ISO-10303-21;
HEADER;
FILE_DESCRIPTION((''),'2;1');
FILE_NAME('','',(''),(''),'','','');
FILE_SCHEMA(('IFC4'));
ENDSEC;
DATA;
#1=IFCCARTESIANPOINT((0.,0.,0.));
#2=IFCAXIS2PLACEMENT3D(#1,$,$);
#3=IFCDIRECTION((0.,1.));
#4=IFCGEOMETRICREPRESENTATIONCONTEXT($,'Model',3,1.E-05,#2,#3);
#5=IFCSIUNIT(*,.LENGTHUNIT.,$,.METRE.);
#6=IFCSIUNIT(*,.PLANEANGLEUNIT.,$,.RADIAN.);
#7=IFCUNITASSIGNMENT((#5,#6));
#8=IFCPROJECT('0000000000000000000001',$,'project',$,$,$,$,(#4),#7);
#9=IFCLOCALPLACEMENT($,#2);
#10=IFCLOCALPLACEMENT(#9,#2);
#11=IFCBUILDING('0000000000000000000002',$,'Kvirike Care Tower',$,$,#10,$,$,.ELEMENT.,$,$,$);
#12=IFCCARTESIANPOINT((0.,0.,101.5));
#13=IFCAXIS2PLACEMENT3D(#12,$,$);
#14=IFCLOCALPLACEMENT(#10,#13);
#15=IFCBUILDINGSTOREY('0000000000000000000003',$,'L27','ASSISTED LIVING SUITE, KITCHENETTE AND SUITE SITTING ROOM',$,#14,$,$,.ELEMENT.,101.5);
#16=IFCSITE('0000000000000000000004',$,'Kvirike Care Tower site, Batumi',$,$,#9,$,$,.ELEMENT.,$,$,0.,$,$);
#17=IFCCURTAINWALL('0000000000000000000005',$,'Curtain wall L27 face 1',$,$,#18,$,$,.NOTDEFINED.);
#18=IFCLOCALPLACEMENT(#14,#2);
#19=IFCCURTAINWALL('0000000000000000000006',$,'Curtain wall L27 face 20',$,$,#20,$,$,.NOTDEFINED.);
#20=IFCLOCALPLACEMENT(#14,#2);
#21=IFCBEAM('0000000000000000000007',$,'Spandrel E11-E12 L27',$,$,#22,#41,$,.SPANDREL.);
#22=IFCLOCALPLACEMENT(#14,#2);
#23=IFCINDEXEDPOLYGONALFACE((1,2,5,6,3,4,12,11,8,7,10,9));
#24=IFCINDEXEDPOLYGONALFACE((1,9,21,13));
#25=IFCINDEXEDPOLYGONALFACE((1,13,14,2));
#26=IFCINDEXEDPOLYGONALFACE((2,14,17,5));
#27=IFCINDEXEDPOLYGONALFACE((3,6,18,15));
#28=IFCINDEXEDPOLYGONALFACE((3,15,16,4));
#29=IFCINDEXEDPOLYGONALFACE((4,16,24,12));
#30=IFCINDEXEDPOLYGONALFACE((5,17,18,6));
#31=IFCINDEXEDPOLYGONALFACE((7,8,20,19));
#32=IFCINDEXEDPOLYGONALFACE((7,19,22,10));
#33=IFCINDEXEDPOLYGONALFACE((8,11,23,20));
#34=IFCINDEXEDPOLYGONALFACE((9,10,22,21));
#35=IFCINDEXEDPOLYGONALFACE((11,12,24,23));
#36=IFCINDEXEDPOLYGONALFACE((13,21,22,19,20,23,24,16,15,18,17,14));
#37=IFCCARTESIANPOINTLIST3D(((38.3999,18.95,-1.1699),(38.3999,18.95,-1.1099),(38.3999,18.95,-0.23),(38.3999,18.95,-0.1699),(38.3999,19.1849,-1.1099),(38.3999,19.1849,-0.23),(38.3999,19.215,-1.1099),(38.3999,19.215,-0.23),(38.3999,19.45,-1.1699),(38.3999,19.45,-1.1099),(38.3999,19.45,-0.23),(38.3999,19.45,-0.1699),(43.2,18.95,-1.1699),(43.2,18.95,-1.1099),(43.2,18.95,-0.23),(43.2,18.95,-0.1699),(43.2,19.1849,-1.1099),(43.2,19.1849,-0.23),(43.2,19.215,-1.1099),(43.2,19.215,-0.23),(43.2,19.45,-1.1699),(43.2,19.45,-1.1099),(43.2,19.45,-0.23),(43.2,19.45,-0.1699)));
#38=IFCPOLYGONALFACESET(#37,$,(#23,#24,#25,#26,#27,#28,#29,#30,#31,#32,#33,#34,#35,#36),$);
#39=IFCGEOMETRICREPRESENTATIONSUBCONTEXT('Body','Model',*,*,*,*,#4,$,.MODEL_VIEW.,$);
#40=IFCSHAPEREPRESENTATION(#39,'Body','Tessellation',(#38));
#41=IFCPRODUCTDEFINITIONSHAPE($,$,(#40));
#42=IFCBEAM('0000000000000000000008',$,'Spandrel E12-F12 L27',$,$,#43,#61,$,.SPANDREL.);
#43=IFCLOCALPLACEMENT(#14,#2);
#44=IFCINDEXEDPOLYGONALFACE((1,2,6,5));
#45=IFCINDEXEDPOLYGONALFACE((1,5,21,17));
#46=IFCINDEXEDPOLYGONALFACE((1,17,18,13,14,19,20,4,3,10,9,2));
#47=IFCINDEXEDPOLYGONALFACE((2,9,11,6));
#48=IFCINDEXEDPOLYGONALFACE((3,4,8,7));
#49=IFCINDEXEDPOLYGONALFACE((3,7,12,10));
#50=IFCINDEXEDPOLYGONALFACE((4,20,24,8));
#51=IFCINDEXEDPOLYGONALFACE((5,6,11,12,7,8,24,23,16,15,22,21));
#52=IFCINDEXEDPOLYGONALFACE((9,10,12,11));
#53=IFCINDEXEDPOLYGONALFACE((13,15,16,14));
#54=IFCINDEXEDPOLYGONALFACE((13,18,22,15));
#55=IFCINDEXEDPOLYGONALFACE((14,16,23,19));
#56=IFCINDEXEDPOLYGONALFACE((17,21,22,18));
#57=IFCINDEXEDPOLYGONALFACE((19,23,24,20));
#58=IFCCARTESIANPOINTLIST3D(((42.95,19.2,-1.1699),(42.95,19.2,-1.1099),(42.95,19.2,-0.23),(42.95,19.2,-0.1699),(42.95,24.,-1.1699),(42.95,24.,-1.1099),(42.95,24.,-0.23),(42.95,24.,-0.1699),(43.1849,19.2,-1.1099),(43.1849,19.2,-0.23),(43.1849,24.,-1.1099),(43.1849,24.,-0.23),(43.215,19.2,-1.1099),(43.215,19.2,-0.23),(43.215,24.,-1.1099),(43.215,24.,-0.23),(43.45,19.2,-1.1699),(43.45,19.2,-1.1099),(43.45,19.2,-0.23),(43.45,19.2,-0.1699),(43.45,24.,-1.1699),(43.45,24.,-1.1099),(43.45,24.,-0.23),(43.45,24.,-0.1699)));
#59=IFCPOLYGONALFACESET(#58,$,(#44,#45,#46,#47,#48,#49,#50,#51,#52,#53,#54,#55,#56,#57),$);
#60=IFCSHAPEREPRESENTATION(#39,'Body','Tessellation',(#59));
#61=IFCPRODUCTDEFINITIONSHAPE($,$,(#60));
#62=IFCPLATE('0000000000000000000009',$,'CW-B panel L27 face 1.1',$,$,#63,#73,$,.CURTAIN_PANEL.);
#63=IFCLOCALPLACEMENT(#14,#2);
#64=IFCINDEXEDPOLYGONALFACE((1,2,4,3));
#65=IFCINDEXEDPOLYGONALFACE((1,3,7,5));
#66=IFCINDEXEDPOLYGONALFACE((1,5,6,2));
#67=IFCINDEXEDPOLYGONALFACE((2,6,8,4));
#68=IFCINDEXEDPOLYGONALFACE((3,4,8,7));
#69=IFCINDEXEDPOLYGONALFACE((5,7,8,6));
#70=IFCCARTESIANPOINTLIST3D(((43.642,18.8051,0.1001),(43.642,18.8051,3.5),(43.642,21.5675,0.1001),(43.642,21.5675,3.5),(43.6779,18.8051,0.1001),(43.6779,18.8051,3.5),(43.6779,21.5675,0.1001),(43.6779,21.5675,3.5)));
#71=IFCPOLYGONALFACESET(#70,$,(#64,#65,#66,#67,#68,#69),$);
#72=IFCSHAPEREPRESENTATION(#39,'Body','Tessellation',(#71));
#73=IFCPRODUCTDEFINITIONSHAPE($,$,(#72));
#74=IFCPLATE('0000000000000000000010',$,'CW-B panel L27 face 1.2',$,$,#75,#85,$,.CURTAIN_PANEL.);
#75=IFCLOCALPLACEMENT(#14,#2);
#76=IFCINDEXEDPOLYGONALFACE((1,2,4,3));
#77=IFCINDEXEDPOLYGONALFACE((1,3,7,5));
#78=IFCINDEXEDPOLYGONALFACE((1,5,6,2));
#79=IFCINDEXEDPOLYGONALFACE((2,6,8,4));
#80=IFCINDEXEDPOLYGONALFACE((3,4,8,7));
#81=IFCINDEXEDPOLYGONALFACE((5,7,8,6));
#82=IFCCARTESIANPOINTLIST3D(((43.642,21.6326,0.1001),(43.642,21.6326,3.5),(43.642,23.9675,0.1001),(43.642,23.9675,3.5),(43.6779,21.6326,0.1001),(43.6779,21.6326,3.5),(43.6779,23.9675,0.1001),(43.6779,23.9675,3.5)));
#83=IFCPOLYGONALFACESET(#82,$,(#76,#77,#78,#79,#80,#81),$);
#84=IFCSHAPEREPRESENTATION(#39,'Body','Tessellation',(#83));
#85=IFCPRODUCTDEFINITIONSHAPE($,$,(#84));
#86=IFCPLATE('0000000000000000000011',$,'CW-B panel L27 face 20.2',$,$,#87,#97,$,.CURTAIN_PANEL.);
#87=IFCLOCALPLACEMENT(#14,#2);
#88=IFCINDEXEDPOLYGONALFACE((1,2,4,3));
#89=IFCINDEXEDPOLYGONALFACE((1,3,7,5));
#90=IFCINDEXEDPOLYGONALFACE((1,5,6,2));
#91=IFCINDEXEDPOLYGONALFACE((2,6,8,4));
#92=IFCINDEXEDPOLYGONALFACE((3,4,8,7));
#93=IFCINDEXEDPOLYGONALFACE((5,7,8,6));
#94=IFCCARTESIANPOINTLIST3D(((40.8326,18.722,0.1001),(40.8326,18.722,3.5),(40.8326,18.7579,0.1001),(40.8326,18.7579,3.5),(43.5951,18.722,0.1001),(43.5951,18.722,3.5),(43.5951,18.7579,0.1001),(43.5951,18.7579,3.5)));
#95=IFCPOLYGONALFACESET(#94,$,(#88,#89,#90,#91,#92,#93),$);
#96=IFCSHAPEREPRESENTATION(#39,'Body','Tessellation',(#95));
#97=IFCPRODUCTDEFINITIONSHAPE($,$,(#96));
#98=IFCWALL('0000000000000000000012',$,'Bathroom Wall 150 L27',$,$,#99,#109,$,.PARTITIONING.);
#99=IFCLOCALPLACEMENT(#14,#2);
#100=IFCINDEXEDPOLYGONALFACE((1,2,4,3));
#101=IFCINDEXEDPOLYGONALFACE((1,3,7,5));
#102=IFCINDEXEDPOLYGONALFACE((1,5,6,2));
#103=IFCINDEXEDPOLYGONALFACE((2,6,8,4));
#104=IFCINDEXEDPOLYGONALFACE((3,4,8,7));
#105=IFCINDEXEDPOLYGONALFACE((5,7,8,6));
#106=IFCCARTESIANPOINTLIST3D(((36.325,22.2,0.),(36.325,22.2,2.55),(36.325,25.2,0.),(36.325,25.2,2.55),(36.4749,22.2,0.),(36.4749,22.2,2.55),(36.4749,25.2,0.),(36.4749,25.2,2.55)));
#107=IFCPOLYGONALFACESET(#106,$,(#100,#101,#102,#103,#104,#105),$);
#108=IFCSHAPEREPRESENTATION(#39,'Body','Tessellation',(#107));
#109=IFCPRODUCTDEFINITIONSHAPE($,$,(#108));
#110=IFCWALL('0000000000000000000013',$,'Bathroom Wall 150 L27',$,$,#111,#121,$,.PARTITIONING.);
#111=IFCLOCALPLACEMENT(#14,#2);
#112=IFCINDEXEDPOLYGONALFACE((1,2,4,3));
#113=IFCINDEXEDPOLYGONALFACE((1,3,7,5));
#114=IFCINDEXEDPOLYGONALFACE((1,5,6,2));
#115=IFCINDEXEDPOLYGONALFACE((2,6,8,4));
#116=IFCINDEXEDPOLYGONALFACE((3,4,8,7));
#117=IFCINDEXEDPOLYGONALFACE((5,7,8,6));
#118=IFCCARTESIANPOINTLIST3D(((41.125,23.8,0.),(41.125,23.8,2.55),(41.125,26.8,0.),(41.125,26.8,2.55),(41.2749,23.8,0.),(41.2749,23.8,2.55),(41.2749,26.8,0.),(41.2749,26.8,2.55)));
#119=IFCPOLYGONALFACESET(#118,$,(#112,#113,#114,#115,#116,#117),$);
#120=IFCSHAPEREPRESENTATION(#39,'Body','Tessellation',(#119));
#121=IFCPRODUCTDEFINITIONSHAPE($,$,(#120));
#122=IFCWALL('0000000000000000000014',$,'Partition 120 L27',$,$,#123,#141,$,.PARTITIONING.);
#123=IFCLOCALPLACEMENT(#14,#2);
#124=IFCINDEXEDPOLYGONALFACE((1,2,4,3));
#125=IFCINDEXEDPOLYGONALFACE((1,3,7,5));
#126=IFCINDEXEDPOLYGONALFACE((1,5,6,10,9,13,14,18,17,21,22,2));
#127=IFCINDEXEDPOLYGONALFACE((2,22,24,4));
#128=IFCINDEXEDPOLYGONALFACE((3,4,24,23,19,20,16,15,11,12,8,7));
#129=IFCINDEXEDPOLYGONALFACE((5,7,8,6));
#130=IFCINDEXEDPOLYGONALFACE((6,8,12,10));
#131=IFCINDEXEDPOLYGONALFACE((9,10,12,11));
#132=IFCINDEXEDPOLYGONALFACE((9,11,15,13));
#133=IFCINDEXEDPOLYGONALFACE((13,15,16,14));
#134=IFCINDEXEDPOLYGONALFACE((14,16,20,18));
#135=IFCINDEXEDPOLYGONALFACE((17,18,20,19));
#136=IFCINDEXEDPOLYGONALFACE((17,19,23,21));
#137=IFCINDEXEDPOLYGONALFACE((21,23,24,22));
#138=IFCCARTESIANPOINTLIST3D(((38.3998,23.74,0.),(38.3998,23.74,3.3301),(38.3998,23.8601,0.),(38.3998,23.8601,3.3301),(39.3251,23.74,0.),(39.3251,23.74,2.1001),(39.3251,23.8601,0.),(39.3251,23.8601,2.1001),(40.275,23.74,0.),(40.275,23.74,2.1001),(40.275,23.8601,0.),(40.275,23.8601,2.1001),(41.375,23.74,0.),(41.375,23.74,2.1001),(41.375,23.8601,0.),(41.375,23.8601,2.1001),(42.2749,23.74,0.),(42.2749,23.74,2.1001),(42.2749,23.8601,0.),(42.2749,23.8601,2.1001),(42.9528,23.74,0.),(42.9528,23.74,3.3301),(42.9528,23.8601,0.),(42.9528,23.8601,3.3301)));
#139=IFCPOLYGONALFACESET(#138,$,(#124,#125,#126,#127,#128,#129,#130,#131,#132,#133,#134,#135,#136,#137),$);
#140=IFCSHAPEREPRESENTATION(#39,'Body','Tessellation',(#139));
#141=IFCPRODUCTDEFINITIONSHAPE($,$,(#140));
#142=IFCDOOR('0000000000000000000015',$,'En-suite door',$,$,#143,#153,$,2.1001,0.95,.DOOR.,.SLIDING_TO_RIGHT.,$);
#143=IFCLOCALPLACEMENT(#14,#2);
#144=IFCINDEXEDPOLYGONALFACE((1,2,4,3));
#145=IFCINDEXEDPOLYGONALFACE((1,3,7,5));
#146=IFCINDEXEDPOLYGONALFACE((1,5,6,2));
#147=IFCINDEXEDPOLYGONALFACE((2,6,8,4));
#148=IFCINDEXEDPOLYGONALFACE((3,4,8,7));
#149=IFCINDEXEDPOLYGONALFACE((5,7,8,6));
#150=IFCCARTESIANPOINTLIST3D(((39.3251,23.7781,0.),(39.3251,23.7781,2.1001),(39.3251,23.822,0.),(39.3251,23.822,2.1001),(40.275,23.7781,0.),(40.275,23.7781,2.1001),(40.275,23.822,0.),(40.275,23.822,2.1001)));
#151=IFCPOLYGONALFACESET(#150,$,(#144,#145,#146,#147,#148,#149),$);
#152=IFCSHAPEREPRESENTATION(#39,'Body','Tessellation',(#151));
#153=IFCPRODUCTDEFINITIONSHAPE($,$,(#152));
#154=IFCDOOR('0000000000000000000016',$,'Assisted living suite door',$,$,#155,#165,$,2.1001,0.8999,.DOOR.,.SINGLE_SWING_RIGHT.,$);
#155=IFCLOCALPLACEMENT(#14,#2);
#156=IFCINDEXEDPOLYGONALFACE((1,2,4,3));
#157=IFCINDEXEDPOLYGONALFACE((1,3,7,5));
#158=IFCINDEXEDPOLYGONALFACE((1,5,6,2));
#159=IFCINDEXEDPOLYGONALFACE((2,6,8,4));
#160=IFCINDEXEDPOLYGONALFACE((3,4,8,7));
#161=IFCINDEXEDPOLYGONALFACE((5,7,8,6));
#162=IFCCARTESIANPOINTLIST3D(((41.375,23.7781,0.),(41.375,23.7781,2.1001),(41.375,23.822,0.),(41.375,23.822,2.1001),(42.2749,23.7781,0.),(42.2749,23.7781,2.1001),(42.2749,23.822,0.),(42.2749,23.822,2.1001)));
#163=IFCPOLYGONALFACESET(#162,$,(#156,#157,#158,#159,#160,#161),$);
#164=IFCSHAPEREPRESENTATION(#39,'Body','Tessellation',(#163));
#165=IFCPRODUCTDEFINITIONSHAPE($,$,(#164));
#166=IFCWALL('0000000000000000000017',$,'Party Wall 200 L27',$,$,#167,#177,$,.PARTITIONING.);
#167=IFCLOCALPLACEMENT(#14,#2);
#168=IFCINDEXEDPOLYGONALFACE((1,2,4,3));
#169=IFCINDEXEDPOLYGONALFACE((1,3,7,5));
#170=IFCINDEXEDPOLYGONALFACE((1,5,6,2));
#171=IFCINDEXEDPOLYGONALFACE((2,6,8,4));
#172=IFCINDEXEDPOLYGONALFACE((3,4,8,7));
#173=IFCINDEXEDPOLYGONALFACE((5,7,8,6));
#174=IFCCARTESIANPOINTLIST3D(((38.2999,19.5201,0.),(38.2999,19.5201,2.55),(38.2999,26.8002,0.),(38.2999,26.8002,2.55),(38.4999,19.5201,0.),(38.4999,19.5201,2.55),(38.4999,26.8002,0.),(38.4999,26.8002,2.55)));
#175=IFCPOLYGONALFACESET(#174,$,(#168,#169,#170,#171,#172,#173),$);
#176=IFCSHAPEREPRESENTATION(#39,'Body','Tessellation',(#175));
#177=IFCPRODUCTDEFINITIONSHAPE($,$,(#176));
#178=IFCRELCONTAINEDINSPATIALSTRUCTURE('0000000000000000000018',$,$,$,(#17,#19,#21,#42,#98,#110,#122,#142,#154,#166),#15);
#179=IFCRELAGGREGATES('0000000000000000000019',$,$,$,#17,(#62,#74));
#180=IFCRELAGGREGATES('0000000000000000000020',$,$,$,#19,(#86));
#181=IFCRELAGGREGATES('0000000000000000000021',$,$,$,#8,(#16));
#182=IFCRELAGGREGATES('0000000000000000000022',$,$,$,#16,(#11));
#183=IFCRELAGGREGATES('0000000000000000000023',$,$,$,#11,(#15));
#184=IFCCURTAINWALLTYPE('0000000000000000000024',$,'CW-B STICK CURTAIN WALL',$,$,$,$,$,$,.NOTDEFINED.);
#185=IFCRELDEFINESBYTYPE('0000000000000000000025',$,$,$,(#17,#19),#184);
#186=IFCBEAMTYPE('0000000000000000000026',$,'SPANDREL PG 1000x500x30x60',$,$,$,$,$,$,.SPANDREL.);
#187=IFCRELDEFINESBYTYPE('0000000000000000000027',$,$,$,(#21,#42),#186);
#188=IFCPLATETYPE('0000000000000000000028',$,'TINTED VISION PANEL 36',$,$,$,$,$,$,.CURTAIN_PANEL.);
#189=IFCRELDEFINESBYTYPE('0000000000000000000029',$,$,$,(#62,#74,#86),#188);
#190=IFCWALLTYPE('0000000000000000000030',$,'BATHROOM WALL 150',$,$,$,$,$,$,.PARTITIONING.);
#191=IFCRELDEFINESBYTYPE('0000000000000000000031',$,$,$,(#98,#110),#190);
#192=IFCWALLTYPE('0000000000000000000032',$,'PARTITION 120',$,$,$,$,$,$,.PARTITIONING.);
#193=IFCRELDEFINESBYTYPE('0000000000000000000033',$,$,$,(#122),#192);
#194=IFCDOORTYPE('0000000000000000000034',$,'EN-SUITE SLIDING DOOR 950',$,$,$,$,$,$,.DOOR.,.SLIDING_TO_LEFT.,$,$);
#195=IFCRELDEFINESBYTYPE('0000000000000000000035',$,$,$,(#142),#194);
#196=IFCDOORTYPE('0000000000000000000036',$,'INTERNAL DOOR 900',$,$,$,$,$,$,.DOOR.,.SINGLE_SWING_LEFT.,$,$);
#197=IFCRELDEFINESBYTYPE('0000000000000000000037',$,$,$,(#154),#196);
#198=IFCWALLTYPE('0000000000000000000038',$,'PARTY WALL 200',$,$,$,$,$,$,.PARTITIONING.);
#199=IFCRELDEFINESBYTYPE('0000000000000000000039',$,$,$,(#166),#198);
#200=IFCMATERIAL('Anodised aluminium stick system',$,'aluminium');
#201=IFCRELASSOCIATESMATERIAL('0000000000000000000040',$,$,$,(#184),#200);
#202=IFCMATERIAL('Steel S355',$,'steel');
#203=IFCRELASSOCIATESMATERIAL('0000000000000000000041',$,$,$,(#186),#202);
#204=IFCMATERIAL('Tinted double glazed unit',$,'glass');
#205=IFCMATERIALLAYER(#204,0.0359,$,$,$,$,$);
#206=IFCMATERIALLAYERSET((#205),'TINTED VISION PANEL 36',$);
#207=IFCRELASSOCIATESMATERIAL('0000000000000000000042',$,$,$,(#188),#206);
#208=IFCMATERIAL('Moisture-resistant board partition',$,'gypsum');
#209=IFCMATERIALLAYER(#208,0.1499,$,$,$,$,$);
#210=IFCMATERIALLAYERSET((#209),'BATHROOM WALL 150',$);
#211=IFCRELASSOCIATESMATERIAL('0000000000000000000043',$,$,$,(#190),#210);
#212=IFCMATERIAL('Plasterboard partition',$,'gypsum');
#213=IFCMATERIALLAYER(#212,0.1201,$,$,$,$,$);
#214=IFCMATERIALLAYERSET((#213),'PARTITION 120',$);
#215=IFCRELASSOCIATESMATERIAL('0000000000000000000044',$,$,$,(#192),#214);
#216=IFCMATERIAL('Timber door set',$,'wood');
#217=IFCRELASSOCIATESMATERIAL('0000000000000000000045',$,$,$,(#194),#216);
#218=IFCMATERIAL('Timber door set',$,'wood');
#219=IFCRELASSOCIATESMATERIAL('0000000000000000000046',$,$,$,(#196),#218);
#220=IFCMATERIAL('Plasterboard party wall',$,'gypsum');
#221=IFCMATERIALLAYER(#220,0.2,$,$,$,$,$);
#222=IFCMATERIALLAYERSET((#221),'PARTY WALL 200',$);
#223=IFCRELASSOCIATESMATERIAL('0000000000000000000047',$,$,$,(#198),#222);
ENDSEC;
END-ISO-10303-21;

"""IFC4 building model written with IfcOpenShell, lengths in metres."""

from ifc_helpers import new_model, si_unit, direction, frame, frame_2d, origin, origin_2d, place, context, subcontext, project, spatial, rectangle, i_section, extrude, material, layer, layer_set, material_profile, profile_set, type_object, element, fill, aggregate, save


model = new_model("IFC4")

# Units and contexts
model_context = context("Model", 3, precision=1e-05, world=origin(), true_north=direction((0.0, 1.0)))
body_context = subcontext(model_context, "Body", "Model", "MODEL_VIEW")
ifc_project = project(units=[si_unit("LENGTHUNIT", "METRE"), si_unit("PLANEANGLEUNIT", "RADIAN")], contexts=[model_context])

# Site, building, storey
site_placement = place(None, origin())
site = spatial("IfcSite", under=ifc_project, at=site_placement, Name="Kvirike Care Tower site, Batumi", CompositionType="ELEMENT", RefElevation=0.0)
building_placement = place(site_placement, origin())
building = spatial("IfcBuilding", under=site, at=building_placement, Name="Kvirike Care Tower", CompositionType="ELEMENT")
storey_placement = place(building_placement, frame((0.0, 0.0, 101.5)))
storey = spatial("IfcBuildingStorey", under=building, at=storey_placement, Name="L27", Description="ASSISTED LIVING SUITE, KITCHENETTE AND SUITE SITTING ROOM", CompositionType="ELEMENT", Elevation=101.5)

# Curtain wall
ifc_material_1 = material(Name="Anodised aluminium stick system", Category="aluminium")
curtain_wall_type = type_object("IfcCurtainWallType", Name="CW-B STICK CURTAIN WALL", PredefinedType="NOTDEFINED", material=ifc_material_1)
curtain_wall_1_placement = place(storey_placement, origin())
curtain_wall_1 = element("IfcCurtainWall", 1, at=curtain_wall_1_placement, inside=storey, type_object=curtain_wall_type, Name="Curtain wall L27 face 1", PredefinedType="NOTDEFINED")

# Curtain wall
curtain_wall_2_placement = place(storey_placement, origin())
curtain_wall_2 = element("IfcCurtainWall", 2, at=curtain_wall_2_placement, inside=storey, type_object=curtain_wall_type, Name="Curtain wall L27 face 20", PredefinedType="NOTDEFINED")

# Beams
ifc_material_2 = material(Name="Steel S355", Category="steel")
ifc_material_profile_1 = material_profile(ifc_material_2, i_section(OverallWidth=0.5, OverallDepth=1.0, WebThickness=0.03, FlangeThickness=0.0601, at=origin_2d()), Name="PG 1000x500x30x60")
ifc_profile_set_1 = profile_set([ifc_material_profile_1], Name="Steel S355")
beam_type = type_object("IfcBeamType", Name="SPANDREL PG 1000x500x30x60", PredefinedType="SPANDREL", material=ifc_profile_set_1)
for number, where, z_axis, x_axis, name in (
    (3, (38.3999, 19.2, -0.6699), (1.0, 0.0, 0.0), (0.0, 1.0, 0.0), "Spandrel E11-E12 L27"),
    (4, (43.2, 19.2, -0.6699), (0.0, 1.0, 0.0), (-1.0, 0.0, 0.0), "Spandrel E12-F12 L27"),
):
    element("IfcBeam", number, at=place(storey_placement, frame(where, z_axis=z_axis, x_axis=x_axis)), inside=storey, type_object=beam_type, Name=name, PredefinedType="SPANDREL", context=body_context, shape_type="SweptSolid", body=[
        extrude(i_section(OverallWidth=0.5, OverallDepth=1.0, WebThickness=0.03, FlangeThickness=0.0601, at=origin_2d()), origin(), (0.0, 0.0, 1.0), 4.8),
    ])

# Plates
ifc_material_3 = material(Name="Tinted double glazed unit", Category="glass")
ifc_layer_1 = layer(ifc_material_3, 0.0359)
ifc_layer_set_1 = layer_set([ifc_layer_1], Name="TINTED VISION PANEL 36")
plate_type = type_object("IfcPlateType", Name="TINTED VISION PANEL 36", PredefinedType="CURTAIN_PANEL", material=ifc_layer_set_1)
plate_1_placement = place(storey_placement, frame((43.6599, 20.1863, 0.1001), z_axis=(0.0, 0.0, 1.0), x_axis=(0.0, 1.0, 0.0)))
plate_1 = element("IfcPlate", 5, at=plate_1_placement, type_object=plate_type, Name="CW-B panel L27 face 1.1", PredefinedType="CURTAIN_PANEL", context=body_context, shape_type="SweptSolid", body=[
    extrude(rectangle(XDim=2.7625, YDim=0.0359, at=origin_2d()), origin(), (0.0, 0.0, 1.0), 3.3999),
])
plate_2_placement = place(storey_placement, frame((43.6599, 22.8, 0.1001), z_axis=(0.0, 0.0, 1.0), x_axis=(0.0, 1.0, 0.0)))
plate_2 = element("IfcPlate", 6, at=plate_2_placement, type_object=plate_type, Name="CW-B panel L27 face 1.2", PredefinedType="CURTAIN_PANEL", context=body_context, shape_type="SweptSolid", body=[
    extrude(rectangle(XDim=2.335, YDim=0.0359, at=origin_2d()), origin(), (0.0, 0.0, 1.0), 3.3999),
])
aggregate(curtain_wall_1, [plate_1, plate_2])
plate_3_placement = place(storey_placement, frame((42.2139, 18.74, 0.1001), z_axis=(0.0, 0.0, 1.0), x_axis=(1.0, 0.0, 0.0)))
plate_3 = element("IfcPlate", 7, at=plate_3_placement, type_object=plate_type, Name="CW-B panel L27 face 20.2", PredefinedType="CURTAIN_PANEL", context=body_context, shape_type="SweptSolid", body=[
    extrude(rectangle(XDim=2.7625, YDim=0.0359, at=origin_2d()), origin(), (0.0, 0.0, 1.0), 3.3999),
])
aggregate(curtain_wall_2, [plate_3])

# Walls
ifc_material_4 = material(Name="Moisture-resistant board partition", Category="gypsum")
ifc_layer_2 = layer(ifc_material_4, 0.1499)
ifc_layer_set_2 = layer_set([ifc_layer_2], Name="BATHROOM WALL 150")
wall_type_1 = type_object("IfcWallType", Name="BATHROOM WALL 150", PredefinedType="PARTITIONING", material=ifc_layer_set_2)
for number, where, z_axis, x_axis, name in (
    (8, (36.3999, 22.2, 0.0), (0.0, 0.0, 1.0), (0.0, 1.0, 0.0), "Bathroom Wall 150 L27"),
    (9, (41.2, 23.8, 0.0), (0.0, 0.0, 1.0), (0.0, 1.0, 0.0), "Bathroom Wall 150 L27"),
):
    element("IfcWall", number, at=place(storey_placement, frame(where, z_axis=z_axis, x_axis=x_axis)), inside=storey, type_object=wall_type_1, Name=name, PredefinedType="PARTITIONING", context=body_context, shape_type="SweptSolid", body=[
        extrude(rectangle(XDim=3.0, YDim=0.1499, at=frame_2d((1.5, 0.0))), origin(), (0.0, 0.0, 1.0), 2.55),
    ])

# Wall, openings, doors
ifc_material_5 = material(Name="Plasterboard partition", Category="gypsum")
ifc_layer_3 = layer(ifc_material_5, 0.1201)
ifc_layer_set_3 = layer_set([ifc_layer_3], Name="PARTITION 120")
wall_type_2 = type_object("IfcWallType", Name="PARTITION 120", PredefinedType="PARTITIONING", material=ifc_layer_set_3)
wall_1_placement = place(storey_placement, frame((38.3999, 23.8, 0.0), z_axis=(0.0, 0.0, 1.0), x_axis=(1.0, 0.0, 0.0)))
wall_1 = element("IfcWall", 10, at=wall_1_placement, inside=storey, type_object=wall_type_2, Name="Partition 120 L27", PredefinedType="PARTITIONING", context=body_context, shape_type="SweptSolid", body=[
    extrude(rectangle(XDim=4.553, YDim=0.1201, at=frame_2d((2.2764, 0.0))), origin(), (0.0, 0.0, 1.0), 3.3301),
])
opening_1_placement = place(wall_1_placement, frame((2.9751, 0.0, 0.0)))
opening_1 = element("IfcOpeningElement", 11, at=opening_1_placement, cuts=wall_1, PredefinedType="OPENING", context=body_context, shape_type="SweptSolid", body=[
    extrude(rectangle(XDim=0.8999, YDim=2.1001, at=frame_2d((0.45, 1.05))), frame((0.0, 0.0706, 0.0), z_axis=(0.0, -1.0, 0.0), x_axis=(1.0, 0.0, 0.0)), (0.0, 0.0, 1.0), 0.1411),
])
opening_2_placement = place(wall_1_placement, frame((0.925, 0.0, 0.0)))
opening_2 = element("IfcOpeningElement", 12, at=opening_2_placement, cuts=wall_1, PredefinedType="OPENING", context=body_context, shape_type="SweptSolid", body=[
    extrude(rectangle(XDim=0.95, YDim=2.1001, at=frame_2d((0.4751, 1.05))), frame((0.0, 0.0706, 0.0), z_axis=(0.0, -1.0, 0.0), x_axis=(1.0, 0.0, 0.0)), (0.0, 0.0, 1.0), 0.1411),
])
ifc_material_6 = material(Name="Timber door set", Category="wood")
door_type_1 = type_object("IfcDoorType", Name="EN-SUITE SLIDING DOOR 950", OperationType="SLIDING_TO_LEFT", PredefinedType="DOOR", material=ifc_material_6)
door_1_placement = place(opening_2_placement, origin())
door_1 = element("IfcDoor", 13, at=door_1_placement, inside=storey, type_object=door_type_1, Name="En-suite door", OperationType="SLIDING_TO_RIGHT", OverallHeight=2.1001, OverallWidth=0.95, PredefinedType="DOOR", context=body_context, shape_type="SweptSolid", body=[
    extrude(rectangle(XDim=0.95, YDim=2.1001, at=frame_2d((0.4751, 1.05))), frame((0.0, 0.022, 0.0), z_axis=(0.0, -1.0, 0.0), x_axis=(1.0, 0.0, 0.0)), (0.0, 0.0, 1.0), 0.0439),
])
fill(opening_2, door_1)
ifc_material_7 = material(Name="Timber door set", Category="wood")
door_type_2 = type_object("IfcDoorType", Name="INTERNAL DOOR 900", OperationType="SINGLE_SWING_LEFT", PredefinedType="DOOR", material=ifc_material_7)
door_2_placement = place(opening_1_placement, origin())
door_2 = element("IfcDoor", 14, at=door_2_placement, inside=storey, type_object=door_type_2, Name="Assisted living suite door", OperationType="SINGLE_SWING_RIGHT", OverallHeight=2.1001, OverallWidth=0.8999, PredefinedType="DOOR", context=body_context, shape_type="SweptSolid", body=[
    extrude(rectangle(XDim=0.8999, YDim=2.1001, at=frame_2d((0.45, 1.05))), frame((0.0, 0.022, 0.0), z_axis=(0.0, -1.0, 0.0), x_axis=(1.0, 0.0, 0.0)), (0.0, 0.0, 1.0), 0.0439),
])
fill(opening_1, door_2)

# Wall
ifc_material_8 = material(Name="Plasterboard party wall", Category="gypsum")
ifc_layer_4 = layer(ifc_material_8, 0.2)
ifc_layer_set_4 = layer_set([ifc_layer_4], Name="PARTY WALL 200")
wall_type_3 = type_object("IfcWallType", Name="PARTY WALL 200", PredefinedType="PARTITIONING", material=ifc_layer_set_4)
wall_2_placement = place(storey_placement, frame((38.3999, 19.52, 0.0), z_axis=(0.0, 0.0, 1.0), x_axis=(0.0, 1.0, 0.0)))
element("IfcWall", 15, at=wall_2_placement, inside=storey, type_object=wall_type_3, Name="Party Wall 200 L27", PredefinedType="PARTITIONING", context=body_context, shape_type="SweptSolid", body=[
    extrude(rectangle(XDim=7.28, YDim=0.2, at=frame_2d((3.6401, 0.0))), origin(), (0.0, 0.0, 1.0), 2.55),
])

save(model, "model.ifc")
